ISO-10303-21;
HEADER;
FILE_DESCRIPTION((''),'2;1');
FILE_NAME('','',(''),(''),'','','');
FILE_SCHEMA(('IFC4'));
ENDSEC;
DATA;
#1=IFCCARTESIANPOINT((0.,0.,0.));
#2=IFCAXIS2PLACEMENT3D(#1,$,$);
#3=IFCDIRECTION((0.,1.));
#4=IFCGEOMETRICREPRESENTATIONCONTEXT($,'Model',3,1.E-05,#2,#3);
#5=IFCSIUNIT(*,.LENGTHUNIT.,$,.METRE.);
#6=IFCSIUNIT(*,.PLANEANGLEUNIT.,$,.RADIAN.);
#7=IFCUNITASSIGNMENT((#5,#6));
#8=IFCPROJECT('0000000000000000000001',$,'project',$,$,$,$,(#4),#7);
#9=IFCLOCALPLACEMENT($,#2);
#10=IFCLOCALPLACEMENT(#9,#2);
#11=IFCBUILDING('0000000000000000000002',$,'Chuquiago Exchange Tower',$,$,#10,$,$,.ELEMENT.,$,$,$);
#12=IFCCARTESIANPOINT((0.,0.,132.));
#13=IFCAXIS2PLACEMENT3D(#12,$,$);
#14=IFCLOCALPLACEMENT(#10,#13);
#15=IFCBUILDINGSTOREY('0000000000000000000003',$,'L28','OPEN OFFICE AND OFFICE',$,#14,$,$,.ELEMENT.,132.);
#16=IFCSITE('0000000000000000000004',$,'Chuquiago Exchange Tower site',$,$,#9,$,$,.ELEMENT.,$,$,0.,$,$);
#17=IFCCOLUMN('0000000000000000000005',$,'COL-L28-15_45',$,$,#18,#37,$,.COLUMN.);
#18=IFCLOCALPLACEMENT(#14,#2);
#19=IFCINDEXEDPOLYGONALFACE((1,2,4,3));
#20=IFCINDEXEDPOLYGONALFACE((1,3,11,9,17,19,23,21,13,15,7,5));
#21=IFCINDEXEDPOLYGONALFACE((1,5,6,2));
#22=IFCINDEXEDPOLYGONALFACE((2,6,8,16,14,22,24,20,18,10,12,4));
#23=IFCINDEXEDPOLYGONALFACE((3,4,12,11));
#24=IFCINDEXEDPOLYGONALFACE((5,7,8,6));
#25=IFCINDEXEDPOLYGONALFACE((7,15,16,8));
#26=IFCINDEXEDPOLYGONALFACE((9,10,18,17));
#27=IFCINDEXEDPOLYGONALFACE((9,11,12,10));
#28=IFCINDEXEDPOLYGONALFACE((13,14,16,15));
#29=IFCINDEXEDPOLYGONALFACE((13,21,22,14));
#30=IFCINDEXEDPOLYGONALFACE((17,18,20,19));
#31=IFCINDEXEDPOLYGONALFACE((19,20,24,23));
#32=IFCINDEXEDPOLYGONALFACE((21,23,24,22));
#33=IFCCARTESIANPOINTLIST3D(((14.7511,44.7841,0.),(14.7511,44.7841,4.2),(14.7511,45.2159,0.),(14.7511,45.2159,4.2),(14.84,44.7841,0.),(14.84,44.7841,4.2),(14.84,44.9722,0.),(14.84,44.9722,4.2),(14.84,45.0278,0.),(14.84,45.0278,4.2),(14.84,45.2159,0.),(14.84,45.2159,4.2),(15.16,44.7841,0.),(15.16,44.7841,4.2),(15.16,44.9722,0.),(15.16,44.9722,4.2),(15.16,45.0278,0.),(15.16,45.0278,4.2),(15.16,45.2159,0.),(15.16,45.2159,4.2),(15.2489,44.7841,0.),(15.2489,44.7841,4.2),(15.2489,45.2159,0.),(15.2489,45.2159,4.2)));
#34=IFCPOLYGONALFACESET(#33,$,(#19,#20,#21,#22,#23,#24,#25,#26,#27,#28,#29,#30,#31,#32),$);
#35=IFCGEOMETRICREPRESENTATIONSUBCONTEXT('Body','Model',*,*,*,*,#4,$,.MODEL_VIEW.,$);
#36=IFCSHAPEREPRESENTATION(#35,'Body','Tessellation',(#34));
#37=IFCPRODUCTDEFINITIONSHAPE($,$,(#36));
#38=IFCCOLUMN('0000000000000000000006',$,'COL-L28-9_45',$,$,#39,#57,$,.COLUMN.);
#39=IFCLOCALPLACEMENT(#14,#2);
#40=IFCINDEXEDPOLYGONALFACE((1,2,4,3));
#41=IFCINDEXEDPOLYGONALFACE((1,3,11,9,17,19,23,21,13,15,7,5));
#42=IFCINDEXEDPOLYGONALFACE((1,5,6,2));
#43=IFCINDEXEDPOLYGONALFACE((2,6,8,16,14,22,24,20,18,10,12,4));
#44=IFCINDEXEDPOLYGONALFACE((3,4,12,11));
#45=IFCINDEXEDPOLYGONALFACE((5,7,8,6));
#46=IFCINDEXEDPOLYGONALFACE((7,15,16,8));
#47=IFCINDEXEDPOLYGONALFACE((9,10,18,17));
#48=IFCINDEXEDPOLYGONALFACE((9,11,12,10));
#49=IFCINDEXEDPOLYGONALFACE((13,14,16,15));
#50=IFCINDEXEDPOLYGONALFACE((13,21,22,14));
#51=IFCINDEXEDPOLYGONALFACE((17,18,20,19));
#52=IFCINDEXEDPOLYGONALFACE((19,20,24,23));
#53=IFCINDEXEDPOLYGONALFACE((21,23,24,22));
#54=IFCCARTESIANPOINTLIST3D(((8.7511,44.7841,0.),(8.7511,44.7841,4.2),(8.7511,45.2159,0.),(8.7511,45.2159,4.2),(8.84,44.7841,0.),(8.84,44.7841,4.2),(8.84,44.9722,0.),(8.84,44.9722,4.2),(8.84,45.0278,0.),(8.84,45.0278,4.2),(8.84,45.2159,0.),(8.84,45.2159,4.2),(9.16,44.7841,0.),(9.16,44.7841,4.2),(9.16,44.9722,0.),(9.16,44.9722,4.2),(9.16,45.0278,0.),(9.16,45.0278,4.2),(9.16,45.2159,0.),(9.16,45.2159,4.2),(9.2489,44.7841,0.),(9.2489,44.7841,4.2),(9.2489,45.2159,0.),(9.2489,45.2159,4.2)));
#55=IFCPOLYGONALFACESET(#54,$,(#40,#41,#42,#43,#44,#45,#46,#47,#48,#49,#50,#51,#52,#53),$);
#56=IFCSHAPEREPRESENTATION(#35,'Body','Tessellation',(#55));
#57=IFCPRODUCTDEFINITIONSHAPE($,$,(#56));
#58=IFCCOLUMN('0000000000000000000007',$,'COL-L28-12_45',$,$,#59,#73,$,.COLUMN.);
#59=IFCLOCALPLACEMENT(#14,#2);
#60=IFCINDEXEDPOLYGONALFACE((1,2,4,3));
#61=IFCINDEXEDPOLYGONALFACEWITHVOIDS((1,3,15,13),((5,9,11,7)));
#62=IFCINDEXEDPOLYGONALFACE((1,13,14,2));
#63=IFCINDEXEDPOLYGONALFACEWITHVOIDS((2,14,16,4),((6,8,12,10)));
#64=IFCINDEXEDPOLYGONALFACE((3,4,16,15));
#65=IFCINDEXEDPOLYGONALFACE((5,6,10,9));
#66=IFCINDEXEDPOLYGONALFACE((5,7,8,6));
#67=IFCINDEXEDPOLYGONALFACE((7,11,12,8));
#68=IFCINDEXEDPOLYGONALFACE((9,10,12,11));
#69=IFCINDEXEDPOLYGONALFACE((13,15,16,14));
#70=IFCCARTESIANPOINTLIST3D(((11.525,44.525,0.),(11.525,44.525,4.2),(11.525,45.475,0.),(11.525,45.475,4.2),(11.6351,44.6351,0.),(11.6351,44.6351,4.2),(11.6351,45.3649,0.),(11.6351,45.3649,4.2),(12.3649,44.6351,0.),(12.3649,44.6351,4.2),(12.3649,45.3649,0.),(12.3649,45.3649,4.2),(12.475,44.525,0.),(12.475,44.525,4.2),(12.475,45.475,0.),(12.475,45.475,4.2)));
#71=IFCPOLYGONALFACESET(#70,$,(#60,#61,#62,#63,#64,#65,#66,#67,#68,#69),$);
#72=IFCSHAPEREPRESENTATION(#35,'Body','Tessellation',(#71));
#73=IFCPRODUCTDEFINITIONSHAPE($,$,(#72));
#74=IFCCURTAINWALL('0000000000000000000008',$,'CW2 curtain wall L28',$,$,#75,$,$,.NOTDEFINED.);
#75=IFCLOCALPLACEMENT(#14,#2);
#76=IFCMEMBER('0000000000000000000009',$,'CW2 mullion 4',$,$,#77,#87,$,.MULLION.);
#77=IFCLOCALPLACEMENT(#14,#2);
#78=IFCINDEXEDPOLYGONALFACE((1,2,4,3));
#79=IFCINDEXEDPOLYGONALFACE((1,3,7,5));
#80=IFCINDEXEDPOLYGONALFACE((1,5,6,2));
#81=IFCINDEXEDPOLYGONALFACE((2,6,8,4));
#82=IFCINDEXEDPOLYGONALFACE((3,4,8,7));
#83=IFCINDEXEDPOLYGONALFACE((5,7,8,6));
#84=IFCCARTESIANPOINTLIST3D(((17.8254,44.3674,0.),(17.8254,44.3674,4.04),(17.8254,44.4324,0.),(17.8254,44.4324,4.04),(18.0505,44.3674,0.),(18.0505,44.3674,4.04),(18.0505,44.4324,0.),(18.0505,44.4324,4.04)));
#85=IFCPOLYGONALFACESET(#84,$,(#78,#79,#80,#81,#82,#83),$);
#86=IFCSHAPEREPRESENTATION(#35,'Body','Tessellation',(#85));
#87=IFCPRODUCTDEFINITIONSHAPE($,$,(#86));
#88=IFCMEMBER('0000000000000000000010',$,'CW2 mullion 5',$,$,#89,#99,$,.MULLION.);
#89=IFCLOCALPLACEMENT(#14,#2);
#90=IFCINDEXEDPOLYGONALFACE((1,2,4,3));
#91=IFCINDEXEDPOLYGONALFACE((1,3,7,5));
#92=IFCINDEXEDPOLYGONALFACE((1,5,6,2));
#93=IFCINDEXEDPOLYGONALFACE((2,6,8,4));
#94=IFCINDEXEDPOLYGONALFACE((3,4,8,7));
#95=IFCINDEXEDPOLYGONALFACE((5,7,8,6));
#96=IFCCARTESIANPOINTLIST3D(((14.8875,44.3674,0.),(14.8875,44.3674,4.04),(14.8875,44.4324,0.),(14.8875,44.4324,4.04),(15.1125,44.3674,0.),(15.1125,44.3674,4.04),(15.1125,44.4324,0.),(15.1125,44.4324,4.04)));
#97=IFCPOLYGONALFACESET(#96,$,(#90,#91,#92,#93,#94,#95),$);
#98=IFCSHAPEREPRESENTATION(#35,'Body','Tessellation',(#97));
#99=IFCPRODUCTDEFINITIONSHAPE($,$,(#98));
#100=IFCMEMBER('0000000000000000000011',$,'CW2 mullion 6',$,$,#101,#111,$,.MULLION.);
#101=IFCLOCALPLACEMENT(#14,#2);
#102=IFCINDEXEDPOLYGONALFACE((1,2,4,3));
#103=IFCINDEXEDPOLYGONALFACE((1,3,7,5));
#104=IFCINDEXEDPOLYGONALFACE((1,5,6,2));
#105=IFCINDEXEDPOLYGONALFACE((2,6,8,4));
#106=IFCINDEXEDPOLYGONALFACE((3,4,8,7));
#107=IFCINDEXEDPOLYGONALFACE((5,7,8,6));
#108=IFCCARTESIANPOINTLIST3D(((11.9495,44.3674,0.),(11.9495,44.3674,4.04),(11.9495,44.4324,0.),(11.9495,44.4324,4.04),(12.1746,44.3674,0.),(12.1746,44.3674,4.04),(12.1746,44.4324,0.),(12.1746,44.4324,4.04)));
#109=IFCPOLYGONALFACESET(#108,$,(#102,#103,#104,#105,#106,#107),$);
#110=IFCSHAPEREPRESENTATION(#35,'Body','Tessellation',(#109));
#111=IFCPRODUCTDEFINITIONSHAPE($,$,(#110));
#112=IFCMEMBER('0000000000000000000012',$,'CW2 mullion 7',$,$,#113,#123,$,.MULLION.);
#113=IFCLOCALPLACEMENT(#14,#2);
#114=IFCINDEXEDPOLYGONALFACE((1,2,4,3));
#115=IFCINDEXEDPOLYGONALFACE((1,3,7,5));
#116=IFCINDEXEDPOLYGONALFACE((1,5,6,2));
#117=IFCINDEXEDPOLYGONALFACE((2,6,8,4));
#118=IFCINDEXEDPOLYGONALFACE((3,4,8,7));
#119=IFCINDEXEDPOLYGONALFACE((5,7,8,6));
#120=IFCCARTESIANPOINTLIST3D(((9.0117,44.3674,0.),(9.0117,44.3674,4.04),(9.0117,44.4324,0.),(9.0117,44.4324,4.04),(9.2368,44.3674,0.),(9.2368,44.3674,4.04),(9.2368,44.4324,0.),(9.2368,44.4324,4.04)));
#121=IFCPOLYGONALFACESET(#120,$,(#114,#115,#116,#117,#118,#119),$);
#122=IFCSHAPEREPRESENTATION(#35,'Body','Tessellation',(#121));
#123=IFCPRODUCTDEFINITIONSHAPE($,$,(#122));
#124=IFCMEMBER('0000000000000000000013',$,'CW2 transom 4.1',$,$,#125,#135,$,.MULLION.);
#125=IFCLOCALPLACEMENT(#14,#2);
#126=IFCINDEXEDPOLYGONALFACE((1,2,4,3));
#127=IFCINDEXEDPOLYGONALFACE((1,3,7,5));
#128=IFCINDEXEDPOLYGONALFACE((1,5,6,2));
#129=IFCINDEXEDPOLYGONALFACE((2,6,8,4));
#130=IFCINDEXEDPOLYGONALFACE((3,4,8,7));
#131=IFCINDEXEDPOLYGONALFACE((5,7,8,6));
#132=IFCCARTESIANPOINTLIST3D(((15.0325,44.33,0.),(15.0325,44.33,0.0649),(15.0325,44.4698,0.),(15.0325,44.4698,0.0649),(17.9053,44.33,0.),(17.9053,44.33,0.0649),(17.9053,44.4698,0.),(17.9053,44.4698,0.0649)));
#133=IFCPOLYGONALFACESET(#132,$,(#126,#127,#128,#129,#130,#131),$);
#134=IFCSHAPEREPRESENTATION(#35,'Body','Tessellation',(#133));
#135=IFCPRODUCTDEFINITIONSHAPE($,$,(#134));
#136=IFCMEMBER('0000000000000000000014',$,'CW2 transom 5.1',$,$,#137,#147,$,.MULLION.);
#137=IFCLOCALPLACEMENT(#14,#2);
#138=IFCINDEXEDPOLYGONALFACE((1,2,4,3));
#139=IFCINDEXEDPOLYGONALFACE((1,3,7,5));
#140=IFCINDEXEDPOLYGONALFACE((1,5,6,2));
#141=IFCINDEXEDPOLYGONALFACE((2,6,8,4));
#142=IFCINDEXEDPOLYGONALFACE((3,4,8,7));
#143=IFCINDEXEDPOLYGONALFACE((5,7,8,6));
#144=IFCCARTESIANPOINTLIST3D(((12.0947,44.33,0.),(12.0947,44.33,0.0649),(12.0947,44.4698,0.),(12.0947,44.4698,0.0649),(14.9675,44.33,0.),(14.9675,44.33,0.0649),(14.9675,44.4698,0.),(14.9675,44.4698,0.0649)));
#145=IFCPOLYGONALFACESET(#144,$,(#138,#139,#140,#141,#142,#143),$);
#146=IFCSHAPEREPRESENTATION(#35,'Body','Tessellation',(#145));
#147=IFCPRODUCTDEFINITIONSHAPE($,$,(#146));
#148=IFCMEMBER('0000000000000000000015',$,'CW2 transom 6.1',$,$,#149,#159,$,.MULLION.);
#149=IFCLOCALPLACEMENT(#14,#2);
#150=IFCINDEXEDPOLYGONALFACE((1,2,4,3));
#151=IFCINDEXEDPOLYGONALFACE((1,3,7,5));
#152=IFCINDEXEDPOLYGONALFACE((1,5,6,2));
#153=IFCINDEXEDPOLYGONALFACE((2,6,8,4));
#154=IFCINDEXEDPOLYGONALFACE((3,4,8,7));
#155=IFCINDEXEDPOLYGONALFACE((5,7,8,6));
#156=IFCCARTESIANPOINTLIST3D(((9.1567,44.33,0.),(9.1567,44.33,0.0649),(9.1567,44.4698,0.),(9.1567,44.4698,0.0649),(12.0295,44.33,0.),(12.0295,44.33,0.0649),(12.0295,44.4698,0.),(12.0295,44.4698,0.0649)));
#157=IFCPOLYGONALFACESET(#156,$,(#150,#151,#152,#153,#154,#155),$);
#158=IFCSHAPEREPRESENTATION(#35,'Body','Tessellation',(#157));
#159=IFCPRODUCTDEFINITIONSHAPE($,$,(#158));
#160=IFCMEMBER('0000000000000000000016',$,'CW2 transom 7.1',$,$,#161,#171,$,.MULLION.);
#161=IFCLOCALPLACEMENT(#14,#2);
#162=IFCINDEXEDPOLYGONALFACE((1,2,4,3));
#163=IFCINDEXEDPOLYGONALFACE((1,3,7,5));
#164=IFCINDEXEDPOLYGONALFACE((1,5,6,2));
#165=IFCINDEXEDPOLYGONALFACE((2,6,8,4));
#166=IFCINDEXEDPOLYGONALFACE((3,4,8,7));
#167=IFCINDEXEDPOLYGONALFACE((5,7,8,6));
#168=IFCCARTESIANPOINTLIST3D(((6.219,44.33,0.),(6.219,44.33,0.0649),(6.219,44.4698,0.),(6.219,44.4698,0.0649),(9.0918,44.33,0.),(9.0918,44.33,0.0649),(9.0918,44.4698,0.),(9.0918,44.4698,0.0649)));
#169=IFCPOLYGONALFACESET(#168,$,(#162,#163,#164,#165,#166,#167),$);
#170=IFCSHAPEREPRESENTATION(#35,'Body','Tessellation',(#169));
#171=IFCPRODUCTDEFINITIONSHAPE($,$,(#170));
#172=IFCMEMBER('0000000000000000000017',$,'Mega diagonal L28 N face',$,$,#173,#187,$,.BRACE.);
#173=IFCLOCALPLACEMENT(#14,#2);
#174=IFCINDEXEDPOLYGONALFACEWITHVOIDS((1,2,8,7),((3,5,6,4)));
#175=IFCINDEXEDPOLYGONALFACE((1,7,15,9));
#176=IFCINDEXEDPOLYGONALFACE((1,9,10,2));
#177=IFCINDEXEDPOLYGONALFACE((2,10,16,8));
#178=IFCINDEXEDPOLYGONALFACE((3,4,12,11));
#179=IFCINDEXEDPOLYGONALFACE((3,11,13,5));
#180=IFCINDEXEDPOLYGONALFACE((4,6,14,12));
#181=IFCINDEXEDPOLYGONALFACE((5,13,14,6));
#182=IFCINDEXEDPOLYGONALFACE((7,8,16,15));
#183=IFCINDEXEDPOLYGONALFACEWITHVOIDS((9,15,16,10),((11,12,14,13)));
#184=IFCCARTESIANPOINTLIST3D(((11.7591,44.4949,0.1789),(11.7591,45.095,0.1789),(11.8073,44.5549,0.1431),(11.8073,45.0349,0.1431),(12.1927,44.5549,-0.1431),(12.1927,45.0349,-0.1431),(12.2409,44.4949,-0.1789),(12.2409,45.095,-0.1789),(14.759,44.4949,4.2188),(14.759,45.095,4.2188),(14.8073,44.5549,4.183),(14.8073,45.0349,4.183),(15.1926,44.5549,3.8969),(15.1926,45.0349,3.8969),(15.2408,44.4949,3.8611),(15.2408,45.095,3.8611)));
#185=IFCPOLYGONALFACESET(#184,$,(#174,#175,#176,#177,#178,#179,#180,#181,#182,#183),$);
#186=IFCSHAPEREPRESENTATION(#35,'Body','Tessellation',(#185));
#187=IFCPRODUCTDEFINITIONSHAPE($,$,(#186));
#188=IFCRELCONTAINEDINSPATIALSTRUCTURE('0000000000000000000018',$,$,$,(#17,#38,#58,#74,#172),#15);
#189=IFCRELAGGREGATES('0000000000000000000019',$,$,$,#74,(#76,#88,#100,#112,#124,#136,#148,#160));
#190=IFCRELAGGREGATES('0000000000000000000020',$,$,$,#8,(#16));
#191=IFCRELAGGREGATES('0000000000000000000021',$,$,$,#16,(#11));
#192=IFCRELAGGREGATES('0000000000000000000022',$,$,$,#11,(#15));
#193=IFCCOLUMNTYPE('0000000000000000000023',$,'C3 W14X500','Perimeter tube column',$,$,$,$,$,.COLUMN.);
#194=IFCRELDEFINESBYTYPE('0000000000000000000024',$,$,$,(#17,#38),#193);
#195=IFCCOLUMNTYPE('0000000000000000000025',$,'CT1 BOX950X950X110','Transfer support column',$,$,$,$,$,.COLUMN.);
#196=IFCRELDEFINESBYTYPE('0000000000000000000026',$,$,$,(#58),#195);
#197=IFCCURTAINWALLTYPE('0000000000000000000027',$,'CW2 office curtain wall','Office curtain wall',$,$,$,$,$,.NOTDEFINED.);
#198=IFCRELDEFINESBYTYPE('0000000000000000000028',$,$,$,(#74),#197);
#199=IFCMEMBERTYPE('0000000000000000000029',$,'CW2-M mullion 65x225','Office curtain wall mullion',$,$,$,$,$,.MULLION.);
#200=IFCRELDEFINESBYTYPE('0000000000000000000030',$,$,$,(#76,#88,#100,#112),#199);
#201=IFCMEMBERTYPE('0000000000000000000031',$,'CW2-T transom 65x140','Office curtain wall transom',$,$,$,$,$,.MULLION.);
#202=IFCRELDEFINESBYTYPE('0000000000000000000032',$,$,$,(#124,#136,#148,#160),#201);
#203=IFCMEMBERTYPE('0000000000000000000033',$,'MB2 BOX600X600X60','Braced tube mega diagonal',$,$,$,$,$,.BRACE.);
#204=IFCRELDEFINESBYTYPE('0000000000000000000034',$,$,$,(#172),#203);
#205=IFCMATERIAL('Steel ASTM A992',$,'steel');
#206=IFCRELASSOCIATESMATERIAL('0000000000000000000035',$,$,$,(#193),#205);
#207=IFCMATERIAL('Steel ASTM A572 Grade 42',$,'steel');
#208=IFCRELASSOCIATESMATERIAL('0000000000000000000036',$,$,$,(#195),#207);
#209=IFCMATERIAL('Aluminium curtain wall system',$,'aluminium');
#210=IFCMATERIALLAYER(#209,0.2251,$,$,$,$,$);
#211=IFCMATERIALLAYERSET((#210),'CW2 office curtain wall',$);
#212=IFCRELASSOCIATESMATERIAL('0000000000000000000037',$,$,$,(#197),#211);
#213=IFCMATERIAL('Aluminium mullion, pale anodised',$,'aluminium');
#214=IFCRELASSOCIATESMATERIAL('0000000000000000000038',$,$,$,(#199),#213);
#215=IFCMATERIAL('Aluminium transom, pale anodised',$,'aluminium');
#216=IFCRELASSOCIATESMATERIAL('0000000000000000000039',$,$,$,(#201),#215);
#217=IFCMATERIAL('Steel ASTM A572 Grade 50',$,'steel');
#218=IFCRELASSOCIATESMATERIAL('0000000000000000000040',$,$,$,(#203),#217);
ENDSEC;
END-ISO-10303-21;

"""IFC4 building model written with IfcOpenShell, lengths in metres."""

from ifc_helpers import new_model, si_unit, direction, frame, origin, origin_2d, place, context, subcontext, project, spatial, rectangle, hollow_rectangle, i_section, extrude, material, layer, layer_set, material_profile, profile_set, type_object, element, aggregate, save


model = new_model("IFC4")

# Units and contexts
model_context = context("Model", 3, precision=1e-05, world=origin(), true_north=direction((0.0, 1.0)))
body_context = subcontext(model_context, "Body", "Model", "MODEL_VIEW")
ifc_project = project(units=[si_unit("LENGTHUNIT", "METRE"), si_unit("PLANEANGLEUNIT", "RADIAN")], contexts=[model_context])

# Site, building, storey
site_placement = place(None, origin())
site = spatial("IfcSite", under=ifc_project, at=site_placement, Name="Chuquiago Exchange Tower site", CompositionType="ELEMENT", RefElevation=0.0)
building_placement = place(site_placement, origin())
building = spatial("IfcBuilding", under=site, at=building_placement, Name="Chuquiago Exchange Tower", CompositionType="ELEMENT")
storey_placement = place(building_placement, frame((0.0, 0.0, 132.0)))
storey = spatial("IfcBuildingStorey", under=building, at=storey_placement, Name="L28", Description="OPEN OFFICE AND OFFICE", CompositionType="ELEMENT", Elevation=132.0)

# Columns
ifc_material_1 = material(Name="Steel ASTM A992", Category="steel")
ifc_material_profile_1 = material_profile(ifc_material_1, i_section(OverallWidth=0.4319, OverallDepth=0.4978, WebThickness=0.0557, FlangeThickness=0.0889, at=origin_2d()), Name="W14X500")
ifc_profile_set_1 = profile_set([ifc_material_profile_1], Name="Steel ASTM A992")
column_type_1 = type_object("IfcColumnType", Name="C3 W14X500", Description="Perimeter tube column", PredefinedType="COLUMN", material=ifc_profile_set_1)
for number, where, z_axis, x_axis, name in (
    (1, (15.0, 45.0, 0.0), (0.0, 0.0, 1.0), (0.0, 1.0, 0.0), "COL-L28-15_45"),
    (2, (9.0, 45.0, 0.0), (0.0, 0.0, 1.0), (0.0, 1.0, 0.0), "COL-L28-9_45"),
):
    element("IfcColumn", number, at=place(storey_placement, frame(where, z_axis=z_axis, x_axis=x_axis)), inside=storey, type_object=column_type_1, Name=name, PredefinedType="COLUMN", context=body_context, shape_type="SweptSolid", body=[
        extrude(i_section(OverallWidth=0.4319, OverallDepth=0.4978, WebThickness=0.0557, FlangeThickness=0.0889, at=origin_2d()), origin(), (0.0, 0.0, 1.0), 4.2),
    ])
ifc_material_2 = material(Name="Steel ASTM A572 Grade 42", Category="steel")
ifc_material_profile_2 = material_profile(ifc_material_2, hollow_rectangle(XDim=0.95, YDim=0.95, WallThickness=0.1101, at=origin_2d()), Name="BOX950X950X110")
ifc_profile_set_2 = profile_set([ifc_material_profile_2], Name="Steel ASTM A572 Grade 42")
column_type_2 = type_object("IfcColumnType", Name="CT1 BOX950X950X110", Description="Transfer support column", PredefinedType="COLUMN", material=ifc_profile_set_2)
column_placement = place(storey_placement, frame((12.0, 45.0, 0.0), z_axis=(0.0, 0.0, 1.0), x_axis=(0.0, 1.0, 0.0)))
element("IfcColumn", 3, at=column_placement, inside=storey, type_object=column_type_2, Name="COL-L28-12_45", PredefinedType="COLUMN", context=body_context, shape_type="SweptSolid", body=[
    extrude(hollow_rectangle(XDim=0.95, YDim=0.95, WallThickness=0.1101, at=origin_2d()), origin(), (0.0, 0.0, 1.0), 4.2),
])

# Curtain wall, members
ifc_material_3 = material(Name="Aluminium curtain wall system", Category="aluminium")
ifc_layer_1 = layer(ifc_material_3, 0.2251)
ifc_layer_set_1 = layer_set([ifc_layer_1], Name="CW2 office curtain wall")
curtain_wall_type = type_object("IfcCurtainWallType", Name="CW2 office curtain wall", Description="Office curtain wall", PredefinedType="NOTDEFINED", material=ifc_layer_set_1)
curtain_wall_placement = place(storey_placement, origin())
curtain_wall = element("IfcCurtainWall", 4, at=curtain_wall_placement, inside=storey, type_object=curtain_wall_type, Name="CW2 curtain wall L28", PredefinedType="NOTDEFINED")
ifc_material_4 = material(Name="Aluminium mullion, pale anodised", Category="aluminium")
ifc_material_profile_3 = material_profile(ifc_material_4, rectangle(XDim=0.0649, YDim=0.2251, at=origin_2d()), Name="AL 65x225")
ifc_profile_set_3 = profile_set([ifc_material_profile_3], Name="Aluminium mullion, pale anodised")
member_type_1 = type_object("IfcMemberType", Name="CW2-M mullion 65x225", Description="Office curtain wall mullion", PredefinedType="MULLION", material=ifc_profile_set_3)
member_1_placement = place(storey_placement, frame((17.938, 44.3999, 0.0), z_axis=(0.0, 0.0, 1.0), x_axis=(0.0, -1.0, 0.0)))
member_1 = element("IfcMember", 5, at=member_1_placement, type_object=member_type_1, Name="CW2 mullion 4", PredefinedType="MULLION", context=body_context, shape_type="SweptSolid", body=[
    extrude(rectangle(XDim=0.0649, YDim=0.2251, at=origin_2d()), origin(), (0.0, 0.0, 1.0), 4.04),
])
member_2_placement = place(storey_placement, frame((15.0, 44.3999, 0.0), z_axis=(0.0, 0.0, 1.0), x_axis=(0.0, -1.0, 0.0)))
member_2 = element("IfcMember", 6, at=member_2_placement, type_object=member_type_1, Name="CW2 mullion 5", PredefinedType="MULLION", context=body_context, shape_type="SweptSolid", body=[
    extrude(rectangle(XDim=0.0649, YDim=0.2251, at=origin_2d()), origin(), (0.0, 0.0, 1.0), 4.04),
])
member_3_placement = place(storey_placement, frame((12.062, 44.3999, 0.0), z_axis=(0.0, 0.0, 1.0), x_axis=(0.0, -1.0, 0.0)))
member_3 = element("IfcMember", 7, at=member_3_placement, type_object=member_type_1, Name="CW2 mullion 6", PredefinedType="MULLION", context=body_context, shape_type="SweptSolid", body=[
    extrude(rectangle(XDim=0.0649, YDim=0.2251, at=origin_2d()), origin(), (0.0, 0.0, 1.0), 4.04),
])
member_4_placement = place(storey_placement, frame((9.1243, 44.3999, 0.0), z_axis=(0.0, 0.0, 1.0), x_axis=(0.0, -1.0, 0.0)))
member_4 = element("IfcMember", 8, at=member_4_placement, type_object=member_type_1, Name="CW2 mullion 7", PredefinedType="MULLION", context=body_context, shape_type="SweptSolid", body=[
    extrude(rectangle(XDim=0.0649, YDim=0.2251, at=origin_2d()), origin(), (0.0, 0.0, 1.0), 4.04),
])
ifc_material_5 = material(Name="Aluminium transom, pale anodised", Category="aluminium")
ifc_material_profile_4 = material_profile(ifc_material_5, rectangle(XDim=0.1399, YDim=0.0649, at=origin_2d()), Name="AL 140x65")
ifc_profile_set_4 = profile_set([ifc_material_profile_4], Name="Aluminium transom, pale anodised")
member_type_2 = type_object("IfcMemberType", Name="CW2-T transom 65x140", Description="Office curtain wall transom", PredefinedType="MULLION", material=ifc_profile_set_4)
member_5_placement = place(storey_placement, frame((17.9053, 44.3999, 0.0325), z_axis=(-1.0, 0.0, 0.0), x_axis=(0.0, -1.0, 0.0)))
member_5 = element("IfcMember", 9, at=member_5_placement, type_object=member_type_2, Name="CW2 transom 4.1", PredefinedType="MULLION", context=body_context, shape_type="SweptSolid", body=[
    extrude(rectangle(XDim=0.1399, YDim=0.0649, at=origin_2d()), origin(), (0.0, 0.0, 1.0), 2.8728),
])
member_6_placement = place(storey_placement, frame((14.9675, 44.3999, 0.0325), z_axis=(-1.0, 0.0, 0.0), x_axis=(0.0, -1.0, 0.0)))
member_6 = element("IfcMember", 10, at=member_6_placement, type_object=member_type_2, Name="CW2 transom 5.1", PredefinedType="MULLION", context=body_context, shape_type="SweptSolid", body=[
    extrude(rectangle(XDim=0.1399, YDim=0.0649, at=origin_2d()), origin(), (0.0, 0.0, 1.0), 2.8728),
])
member_7_placement = place(storey_placement, frame((12.0295, 44.3999, 0.0325), z_axis=(-1.0, 0.0, 0.0), x_axis=(0.0, -1.0, 0.0)))
member_7 = element("IfcMember", 11, at=member_7_placement, type_object=member_type_2, Name="CW2 transom 6.1", PredefinedType="MULLION", context=body_context, shape_type="SweptSolid", body=[
    extrude(rectangle(XDim=0.1399, YDim=0.0649, at=origin_2d()), origin(), (0.0, 0.0, 1.0), 2.8728),
])
member_8_placement = place(storey_placement, frame((9.0918, 44.3999, 0.0325), z_axis=(-1.0, 0.0, 0.0), x_axis=(0.0, -1.0, 0.0)))
member_8 = element("IfcMember", 12, at=member_8_placement, type_object=member_type_2, Name="CW2 transom 7.1", PredefinedType="MULLION", context=body_context, shape_type="SweptSolid", body=[
    extrude(rectangle(XDim=0.1399, YDim=0.0649, at=origin_2d()), origin(), (0.0, 0.0, 1.0), 2.8728),
])

# Member
ifc_material_6 = material(Name="Steel ASTM A572 Grade 50", Category="steel")
ifc_material_profile_5 = material_profile(ifc_material_6, hollow_rectangle(XDim=0.6001, YDim=0.6001, WallThickness=0.0601, at=origin_2d()), Name="BOX600X600X60")
ifc_profile_set_5 = profile_set([ifc_material_profile_5], Name="Steel ASTM A572 Grade 50")
member_type_3 = type_object("IfcMemberType", Name="MB2 BOX600X600X60", Description="Braced tube mega diagonal", PredefinedType="BRACE", material=ifc_profile_set_5)
for number, where, z_axis, x_axis, name in (
    (13, (12.0, 44.7949, 0.0), (0.596174, 0.0, 0.802855), (0.0, 1.0, 0.0), "Mega diagonal L28 N face"),
):
    element("IfcMember", number, at=place(storey_placement, frame(where, z_axis=z_axis, x_axis=x_axis)), inside=storey, type_object=member_type_3, Name=name, PredefinedType="BRACE", context=body_context, shape_type="SweptSolid", body=[
        extrude(hollow_rectangle(XDim=0.6001, YDim=0.6001, WallThickness=0.0601, at=origin_2d()), origin(), (0.0, 0.0, 1.0), 5.032),
    ])

aggregate(curtain_wall, [member_1, member_2, member_3, member_4, member_5, member_6, member_7, member_8])

save(model, "model.ifc")
